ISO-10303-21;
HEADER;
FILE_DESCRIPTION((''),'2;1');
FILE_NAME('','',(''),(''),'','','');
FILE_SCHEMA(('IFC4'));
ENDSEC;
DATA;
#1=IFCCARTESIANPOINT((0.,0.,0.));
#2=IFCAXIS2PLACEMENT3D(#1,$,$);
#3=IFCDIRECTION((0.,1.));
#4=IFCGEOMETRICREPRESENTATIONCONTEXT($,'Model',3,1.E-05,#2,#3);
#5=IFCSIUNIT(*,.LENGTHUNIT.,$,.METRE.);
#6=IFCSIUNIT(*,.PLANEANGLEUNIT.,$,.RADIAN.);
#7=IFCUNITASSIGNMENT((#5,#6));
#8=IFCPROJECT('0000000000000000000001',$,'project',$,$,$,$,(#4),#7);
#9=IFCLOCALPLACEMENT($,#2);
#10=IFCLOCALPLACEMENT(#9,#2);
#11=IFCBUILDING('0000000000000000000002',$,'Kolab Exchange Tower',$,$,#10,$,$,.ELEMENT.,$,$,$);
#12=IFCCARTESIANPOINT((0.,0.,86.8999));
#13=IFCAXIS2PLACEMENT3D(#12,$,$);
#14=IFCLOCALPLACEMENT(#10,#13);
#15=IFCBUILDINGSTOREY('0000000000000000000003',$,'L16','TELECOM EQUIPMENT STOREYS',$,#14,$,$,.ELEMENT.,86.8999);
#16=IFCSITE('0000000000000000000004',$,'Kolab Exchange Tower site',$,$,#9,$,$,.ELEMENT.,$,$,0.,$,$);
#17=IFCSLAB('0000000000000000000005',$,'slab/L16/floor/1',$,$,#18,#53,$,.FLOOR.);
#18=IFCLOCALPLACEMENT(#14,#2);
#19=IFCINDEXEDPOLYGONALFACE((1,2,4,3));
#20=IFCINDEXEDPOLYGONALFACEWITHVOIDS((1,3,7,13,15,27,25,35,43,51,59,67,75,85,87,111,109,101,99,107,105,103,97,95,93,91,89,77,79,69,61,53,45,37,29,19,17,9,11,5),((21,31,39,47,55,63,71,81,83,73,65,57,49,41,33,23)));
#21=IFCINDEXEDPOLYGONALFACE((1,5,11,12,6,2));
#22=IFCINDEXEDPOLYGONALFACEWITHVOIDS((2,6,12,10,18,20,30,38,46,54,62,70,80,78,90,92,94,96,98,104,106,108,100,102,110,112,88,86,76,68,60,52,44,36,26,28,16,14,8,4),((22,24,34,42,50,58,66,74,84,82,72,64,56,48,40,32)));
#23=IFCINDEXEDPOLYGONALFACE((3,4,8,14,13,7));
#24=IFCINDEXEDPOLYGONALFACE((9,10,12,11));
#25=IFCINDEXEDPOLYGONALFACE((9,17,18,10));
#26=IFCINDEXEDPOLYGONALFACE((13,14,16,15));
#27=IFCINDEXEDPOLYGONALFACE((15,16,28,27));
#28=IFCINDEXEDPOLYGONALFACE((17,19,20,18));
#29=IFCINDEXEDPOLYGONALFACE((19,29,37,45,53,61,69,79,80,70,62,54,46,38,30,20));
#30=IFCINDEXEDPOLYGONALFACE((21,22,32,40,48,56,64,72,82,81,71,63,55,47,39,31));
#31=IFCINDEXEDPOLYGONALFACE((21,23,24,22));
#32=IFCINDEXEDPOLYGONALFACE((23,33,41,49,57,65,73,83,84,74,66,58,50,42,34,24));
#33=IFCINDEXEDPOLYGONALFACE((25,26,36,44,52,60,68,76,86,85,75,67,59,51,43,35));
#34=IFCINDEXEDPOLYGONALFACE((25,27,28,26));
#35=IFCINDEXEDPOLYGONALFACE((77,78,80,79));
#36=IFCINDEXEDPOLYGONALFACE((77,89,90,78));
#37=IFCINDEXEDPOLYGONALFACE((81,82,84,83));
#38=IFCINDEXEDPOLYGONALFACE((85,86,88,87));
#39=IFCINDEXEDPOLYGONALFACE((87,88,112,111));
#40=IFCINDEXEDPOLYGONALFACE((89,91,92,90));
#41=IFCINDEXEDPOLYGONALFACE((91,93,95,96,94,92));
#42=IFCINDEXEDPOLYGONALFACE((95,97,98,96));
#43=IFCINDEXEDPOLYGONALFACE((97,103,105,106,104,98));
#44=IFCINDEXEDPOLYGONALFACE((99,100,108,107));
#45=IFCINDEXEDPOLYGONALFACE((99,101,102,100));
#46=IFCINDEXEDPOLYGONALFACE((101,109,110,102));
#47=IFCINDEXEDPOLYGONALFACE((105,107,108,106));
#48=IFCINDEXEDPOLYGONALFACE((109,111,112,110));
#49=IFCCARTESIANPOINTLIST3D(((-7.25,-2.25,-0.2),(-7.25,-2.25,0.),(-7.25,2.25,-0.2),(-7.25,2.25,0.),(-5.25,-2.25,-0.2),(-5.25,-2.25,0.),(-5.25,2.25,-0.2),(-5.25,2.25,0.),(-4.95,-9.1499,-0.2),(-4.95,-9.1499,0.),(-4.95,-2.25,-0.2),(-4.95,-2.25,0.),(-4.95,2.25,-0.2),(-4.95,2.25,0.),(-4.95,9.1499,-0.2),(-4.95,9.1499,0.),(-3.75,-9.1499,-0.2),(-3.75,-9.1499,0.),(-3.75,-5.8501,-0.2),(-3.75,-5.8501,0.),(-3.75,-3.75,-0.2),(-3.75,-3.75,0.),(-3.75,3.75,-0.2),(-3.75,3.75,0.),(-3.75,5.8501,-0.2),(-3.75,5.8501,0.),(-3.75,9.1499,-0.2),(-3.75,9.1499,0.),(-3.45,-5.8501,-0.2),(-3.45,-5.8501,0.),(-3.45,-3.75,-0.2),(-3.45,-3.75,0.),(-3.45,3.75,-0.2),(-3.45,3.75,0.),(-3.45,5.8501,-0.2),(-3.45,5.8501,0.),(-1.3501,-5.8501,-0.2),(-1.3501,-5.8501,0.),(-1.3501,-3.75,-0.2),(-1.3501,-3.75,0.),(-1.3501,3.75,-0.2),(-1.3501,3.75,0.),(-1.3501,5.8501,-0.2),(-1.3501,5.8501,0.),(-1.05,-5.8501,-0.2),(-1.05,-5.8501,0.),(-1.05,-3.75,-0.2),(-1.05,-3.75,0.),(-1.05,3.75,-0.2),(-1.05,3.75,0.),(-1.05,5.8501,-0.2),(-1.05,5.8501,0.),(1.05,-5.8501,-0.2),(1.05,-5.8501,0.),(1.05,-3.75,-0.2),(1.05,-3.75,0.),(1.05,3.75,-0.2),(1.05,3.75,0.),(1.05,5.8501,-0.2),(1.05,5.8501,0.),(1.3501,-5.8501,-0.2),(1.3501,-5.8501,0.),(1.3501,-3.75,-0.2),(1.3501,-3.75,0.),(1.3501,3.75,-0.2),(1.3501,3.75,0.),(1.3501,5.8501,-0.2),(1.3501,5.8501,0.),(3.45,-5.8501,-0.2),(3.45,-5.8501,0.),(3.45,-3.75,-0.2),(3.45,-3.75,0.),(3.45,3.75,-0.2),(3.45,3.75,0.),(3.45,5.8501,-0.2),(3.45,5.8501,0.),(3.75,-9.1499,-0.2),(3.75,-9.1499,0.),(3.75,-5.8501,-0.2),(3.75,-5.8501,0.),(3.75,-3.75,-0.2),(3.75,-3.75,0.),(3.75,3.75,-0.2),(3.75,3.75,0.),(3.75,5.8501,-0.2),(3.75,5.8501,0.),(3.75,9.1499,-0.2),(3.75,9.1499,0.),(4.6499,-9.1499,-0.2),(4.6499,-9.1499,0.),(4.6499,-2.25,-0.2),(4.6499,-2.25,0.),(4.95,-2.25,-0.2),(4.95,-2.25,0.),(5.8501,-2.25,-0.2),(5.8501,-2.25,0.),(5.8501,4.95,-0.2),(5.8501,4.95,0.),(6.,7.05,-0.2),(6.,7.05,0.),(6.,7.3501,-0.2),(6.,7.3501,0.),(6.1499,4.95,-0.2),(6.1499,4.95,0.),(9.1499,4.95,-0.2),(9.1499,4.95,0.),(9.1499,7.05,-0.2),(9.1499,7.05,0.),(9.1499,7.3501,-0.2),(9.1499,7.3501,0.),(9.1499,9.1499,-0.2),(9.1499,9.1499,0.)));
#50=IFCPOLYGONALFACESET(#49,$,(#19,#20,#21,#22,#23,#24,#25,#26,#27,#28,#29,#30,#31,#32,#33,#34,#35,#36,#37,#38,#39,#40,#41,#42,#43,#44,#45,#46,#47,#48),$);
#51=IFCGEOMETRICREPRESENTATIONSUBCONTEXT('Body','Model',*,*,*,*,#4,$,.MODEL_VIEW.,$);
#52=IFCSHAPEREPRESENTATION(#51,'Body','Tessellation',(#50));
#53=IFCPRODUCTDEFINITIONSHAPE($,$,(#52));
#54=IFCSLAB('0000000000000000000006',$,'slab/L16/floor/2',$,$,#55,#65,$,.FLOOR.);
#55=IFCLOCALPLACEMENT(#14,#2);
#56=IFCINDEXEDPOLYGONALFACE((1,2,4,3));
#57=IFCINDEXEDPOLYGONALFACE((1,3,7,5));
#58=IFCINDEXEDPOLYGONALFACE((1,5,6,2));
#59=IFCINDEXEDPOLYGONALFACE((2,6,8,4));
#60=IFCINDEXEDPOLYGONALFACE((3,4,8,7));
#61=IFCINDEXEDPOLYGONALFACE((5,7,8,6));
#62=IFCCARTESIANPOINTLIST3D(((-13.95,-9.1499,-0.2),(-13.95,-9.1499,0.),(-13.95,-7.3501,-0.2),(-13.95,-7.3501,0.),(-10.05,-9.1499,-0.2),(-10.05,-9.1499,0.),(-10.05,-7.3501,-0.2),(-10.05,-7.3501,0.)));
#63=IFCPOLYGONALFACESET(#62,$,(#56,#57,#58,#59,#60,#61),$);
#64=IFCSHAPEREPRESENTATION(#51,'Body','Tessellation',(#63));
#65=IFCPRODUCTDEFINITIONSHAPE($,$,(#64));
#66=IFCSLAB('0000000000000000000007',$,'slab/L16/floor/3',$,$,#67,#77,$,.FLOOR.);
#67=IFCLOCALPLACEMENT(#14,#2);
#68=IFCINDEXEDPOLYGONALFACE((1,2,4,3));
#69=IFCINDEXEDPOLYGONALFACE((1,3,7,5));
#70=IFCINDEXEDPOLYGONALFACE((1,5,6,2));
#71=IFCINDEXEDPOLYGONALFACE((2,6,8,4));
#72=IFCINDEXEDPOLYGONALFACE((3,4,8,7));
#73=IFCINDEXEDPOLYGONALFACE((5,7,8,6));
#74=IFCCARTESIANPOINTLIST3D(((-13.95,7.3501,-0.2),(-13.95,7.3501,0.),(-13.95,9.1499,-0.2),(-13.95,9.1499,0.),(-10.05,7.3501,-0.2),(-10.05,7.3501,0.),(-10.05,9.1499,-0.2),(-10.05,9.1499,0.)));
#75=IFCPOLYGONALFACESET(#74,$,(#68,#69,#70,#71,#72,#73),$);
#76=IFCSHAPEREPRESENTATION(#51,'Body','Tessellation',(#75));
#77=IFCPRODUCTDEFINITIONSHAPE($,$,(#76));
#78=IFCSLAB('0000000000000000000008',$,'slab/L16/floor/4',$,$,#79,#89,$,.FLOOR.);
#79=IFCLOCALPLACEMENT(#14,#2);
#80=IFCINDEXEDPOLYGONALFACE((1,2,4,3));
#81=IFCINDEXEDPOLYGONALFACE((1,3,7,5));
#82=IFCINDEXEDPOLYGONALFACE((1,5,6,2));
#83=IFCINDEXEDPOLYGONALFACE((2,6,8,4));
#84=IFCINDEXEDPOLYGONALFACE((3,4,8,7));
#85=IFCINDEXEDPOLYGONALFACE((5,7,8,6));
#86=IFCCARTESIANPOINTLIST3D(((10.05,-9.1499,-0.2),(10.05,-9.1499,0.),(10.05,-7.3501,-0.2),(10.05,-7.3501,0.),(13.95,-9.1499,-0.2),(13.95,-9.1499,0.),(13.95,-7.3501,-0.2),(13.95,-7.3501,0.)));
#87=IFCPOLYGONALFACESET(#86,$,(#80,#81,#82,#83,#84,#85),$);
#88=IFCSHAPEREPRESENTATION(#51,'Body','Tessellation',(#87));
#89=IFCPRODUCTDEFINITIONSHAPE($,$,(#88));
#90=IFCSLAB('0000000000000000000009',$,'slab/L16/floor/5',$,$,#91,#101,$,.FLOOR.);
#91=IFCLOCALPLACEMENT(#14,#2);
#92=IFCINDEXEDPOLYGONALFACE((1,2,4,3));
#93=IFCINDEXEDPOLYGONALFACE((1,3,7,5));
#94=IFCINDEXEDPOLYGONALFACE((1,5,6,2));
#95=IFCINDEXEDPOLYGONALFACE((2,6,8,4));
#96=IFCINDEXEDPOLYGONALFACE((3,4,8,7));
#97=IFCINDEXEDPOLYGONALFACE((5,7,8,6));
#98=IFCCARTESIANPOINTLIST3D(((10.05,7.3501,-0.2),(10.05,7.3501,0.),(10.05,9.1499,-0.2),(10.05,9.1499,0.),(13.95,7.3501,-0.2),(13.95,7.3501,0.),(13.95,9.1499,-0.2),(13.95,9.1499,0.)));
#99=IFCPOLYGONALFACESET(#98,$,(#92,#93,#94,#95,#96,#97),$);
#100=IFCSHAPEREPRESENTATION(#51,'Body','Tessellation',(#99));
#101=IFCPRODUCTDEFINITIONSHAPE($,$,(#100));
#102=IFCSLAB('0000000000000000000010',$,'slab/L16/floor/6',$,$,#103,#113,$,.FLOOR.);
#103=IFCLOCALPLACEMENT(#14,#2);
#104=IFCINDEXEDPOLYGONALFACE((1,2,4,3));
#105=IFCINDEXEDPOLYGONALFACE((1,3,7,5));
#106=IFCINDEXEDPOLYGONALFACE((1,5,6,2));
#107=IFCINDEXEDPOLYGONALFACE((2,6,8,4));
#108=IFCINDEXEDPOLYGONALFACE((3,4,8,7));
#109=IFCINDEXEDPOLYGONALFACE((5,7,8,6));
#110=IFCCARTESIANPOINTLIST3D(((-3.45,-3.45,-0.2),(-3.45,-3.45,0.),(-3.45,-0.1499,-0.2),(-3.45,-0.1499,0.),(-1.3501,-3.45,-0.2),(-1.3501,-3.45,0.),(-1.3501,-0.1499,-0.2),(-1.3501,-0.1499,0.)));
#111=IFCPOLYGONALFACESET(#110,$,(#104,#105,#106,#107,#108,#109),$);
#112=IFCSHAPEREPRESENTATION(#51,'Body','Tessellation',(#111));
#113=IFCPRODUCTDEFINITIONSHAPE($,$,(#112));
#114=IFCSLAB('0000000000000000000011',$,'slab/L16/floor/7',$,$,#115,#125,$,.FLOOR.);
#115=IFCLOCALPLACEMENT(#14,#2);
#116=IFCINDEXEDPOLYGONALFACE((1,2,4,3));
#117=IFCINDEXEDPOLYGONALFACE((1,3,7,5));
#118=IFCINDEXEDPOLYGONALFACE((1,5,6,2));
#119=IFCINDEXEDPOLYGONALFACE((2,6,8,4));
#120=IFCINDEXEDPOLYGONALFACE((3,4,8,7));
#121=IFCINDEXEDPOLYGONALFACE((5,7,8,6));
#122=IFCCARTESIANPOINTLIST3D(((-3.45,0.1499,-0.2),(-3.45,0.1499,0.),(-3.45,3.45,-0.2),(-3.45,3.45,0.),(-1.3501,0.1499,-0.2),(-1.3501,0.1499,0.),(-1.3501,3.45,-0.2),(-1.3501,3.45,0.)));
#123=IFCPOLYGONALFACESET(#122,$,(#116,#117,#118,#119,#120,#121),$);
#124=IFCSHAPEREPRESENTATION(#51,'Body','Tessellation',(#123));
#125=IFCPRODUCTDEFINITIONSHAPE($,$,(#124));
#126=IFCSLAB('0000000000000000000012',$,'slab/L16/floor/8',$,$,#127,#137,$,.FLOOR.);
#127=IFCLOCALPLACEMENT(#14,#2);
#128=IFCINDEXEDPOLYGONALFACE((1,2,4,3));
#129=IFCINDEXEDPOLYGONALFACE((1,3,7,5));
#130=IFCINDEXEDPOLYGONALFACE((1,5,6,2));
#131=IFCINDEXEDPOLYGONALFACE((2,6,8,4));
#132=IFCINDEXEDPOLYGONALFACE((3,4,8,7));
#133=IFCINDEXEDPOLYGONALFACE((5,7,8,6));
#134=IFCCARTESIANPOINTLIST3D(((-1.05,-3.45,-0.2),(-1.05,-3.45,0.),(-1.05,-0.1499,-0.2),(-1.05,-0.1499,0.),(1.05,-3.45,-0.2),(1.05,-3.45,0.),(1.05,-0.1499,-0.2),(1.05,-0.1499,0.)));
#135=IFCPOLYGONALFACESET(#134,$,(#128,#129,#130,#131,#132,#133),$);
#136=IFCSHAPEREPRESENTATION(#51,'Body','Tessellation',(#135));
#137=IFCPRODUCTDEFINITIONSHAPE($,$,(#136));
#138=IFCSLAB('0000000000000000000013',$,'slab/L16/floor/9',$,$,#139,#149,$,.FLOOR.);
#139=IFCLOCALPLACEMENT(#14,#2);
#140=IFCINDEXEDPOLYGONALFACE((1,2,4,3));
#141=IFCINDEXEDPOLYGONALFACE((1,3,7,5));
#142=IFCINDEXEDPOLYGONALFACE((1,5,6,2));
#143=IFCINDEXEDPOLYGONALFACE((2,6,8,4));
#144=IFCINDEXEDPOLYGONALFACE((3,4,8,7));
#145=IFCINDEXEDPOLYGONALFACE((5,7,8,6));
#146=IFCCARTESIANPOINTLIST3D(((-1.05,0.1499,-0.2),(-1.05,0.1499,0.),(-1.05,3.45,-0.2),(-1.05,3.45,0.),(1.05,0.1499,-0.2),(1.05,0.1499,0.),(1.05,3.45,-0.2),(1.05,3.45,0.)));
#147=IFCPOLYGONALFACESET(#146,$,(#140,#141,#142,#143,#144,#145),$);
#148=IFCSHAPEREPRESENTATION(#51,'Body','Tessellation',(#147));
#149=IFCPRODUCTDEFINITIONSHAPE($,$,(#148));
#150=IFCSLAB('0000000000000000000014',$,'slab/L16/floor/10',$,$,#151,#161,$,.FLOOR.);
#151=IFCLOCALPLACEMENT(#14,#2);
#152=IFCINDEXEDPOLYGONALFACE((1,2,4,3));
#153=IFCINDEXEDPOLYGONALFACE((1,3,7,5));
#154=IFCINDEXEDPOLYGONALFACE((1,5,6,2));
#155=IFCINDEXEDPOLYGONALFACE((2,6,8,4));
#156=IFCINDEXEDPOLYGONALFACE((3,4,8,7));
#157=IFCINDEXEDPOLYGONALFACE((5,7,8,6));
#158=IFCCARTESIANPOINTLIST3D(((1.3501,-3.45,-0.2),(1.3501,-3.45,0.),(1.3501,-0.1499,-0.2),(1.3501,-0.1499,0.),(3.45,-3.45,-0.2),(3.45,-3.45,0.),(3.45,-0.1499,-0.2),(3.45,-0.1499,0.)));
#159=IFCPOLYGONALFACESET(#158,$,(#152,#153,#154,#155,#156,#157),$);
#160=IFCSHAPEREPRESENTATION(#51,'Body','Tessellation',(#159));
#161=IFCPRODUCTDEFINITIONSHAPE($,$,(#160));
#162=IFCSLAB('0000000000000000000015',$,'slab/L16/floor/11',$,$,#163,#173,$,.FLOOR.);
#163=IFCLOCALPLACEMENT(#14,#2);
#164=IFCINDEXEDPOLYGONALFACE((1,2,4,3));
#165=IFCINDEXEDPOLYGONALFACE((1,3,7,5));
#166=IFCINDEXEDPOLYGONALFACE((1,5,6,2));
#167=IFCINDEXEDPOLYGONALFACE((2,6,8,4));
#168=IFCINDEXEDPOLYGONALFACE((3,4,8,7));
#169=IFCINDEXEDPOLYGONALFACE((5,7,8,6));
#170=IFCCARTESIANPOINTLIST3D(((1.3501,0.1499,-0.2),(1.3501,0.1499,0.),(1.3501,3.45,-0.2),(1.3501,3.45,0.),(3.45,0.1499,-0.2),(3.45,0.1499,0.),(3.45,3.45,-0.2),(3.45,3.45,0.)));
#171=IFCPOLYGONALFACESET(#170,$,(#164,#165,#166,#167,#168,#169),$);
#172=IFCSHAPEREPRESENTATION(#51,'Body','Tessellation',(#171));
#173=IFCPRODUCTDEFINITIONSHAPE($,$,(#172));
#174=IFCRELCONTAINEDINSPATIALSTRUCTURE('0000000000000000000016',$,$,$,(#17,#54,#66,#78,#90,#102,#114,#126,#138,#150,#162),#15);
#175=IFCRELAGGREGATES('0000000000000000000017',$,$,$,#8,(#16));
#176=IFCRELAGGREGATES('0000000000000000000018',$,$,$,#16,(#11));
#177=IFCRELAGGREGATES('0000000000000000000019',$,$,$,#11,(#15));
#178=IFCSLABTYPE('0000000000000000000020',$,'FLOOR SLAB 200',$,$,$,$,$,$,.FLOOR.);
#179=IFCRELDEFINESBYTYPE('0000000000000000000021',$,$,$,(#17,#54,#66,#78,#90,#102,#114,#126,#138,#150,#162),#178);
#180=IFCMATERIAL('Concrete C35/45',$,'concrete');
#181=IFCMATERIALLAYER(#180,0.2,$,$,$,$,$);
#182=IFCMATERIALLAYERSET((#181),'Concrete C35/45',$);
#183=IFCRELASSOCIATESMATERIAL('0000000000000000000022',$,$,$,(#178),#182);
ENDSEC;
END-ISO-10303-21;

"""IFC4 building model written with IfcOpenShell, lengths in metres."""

from ifc_helpers import new_model, si_unit, direction, frame, origin, place, context, subcontext, project, spatial, polyline, outline, extrude, material, layer, layer_set, type_object, element, save


model = new_model("IFC4")

# Units and contexts
model_context = context("Model", 3, precision=1e-05, world=origin(), true_north=direction((0.0, 1.0)))
body_context = subcontext(model_context, "Body", "Model", "MODEL_VIEW")
ifc_project = project(units=[si_unit("LENGTHUNIT", "METRE"), si_unit("PLANEANGLEUNIT", "RADIAN")], contexts=[model_context])

# Site, building, storey
site_placement = place(None, origin())
site = spatial("IfcSite", under=ifc_project, at=site_placement, Name="Kolab Exchange Tower site", CompositionType="ELEMENT", RefElevation=0.0)
building_placement = place(site_placement, origin())
building = spatial("IfcBuilding", under=site, at=building_placement, Name="Kolab Exchange Tower", CompositionType="ELEMENT")
storey_placement = place(building_placement, frame((0.0, 0.0, 86.8999)))
storey = spatial("IfcBuildingStorey", under=building, at=storey_placement, Name="L16", Description="TELECOM EQUIPMENT STOREYS", CompositionType="ELEMENT", Elevation=86.8999)

# Slabs
ifc_material_1 = material(Name="Concrete C35/45", Category="concrete")
ifc_layer_1 = layer(ifc_material_1, 0.2)
ifc_layer_set_1 = layer_set([ifc_layer_1], Name="Concrete C35/45")
slab_type = type_object("IfcSlabType", Name="FLOOR SLAB 200", PredefinedType="FLOOR", material=ifc_layer_set_1)
slab_1_placement = place(storey_placement, frame((0.0, 0.0, -0.2)))
element("IfcSlab", 1, at=slab_1_placement, inside=storey, type_object=slab_type, Name="slab/L16/floor/1", PredefinedType="FLOOR", context=body_context, shape_type="SweptSolid", body=[
    extrude(outline(polyline([(-4.95, 9.1499), (-4.95, 2.25), (-5.25, 2.25), (-7.25, 2.25), (-7.25, -2.25), (-5.25, -2.25), (-4.95, -2.25), (-4.95, -9.1499), (-3.75, -9.1499), (-3.75, -5.8501), (-3.45, -5.8501), (-1.3501, -5.8501), (-1.05, -5.8501), (1.05, -5.8501), (1.3501, -5.8501), (3.45, -5.8501), (3.75, -5.8501), (3.75, -9.1499), (4.6499, -9.1499), (4.6499, -2.25), (4.95, -2.25), (5.8501, -2.25), (5.8501, 4.95), (6.1499, 4.95), (9.1499, 4.95), (9.1499, 7.05), (6.0, 7.05), (6.0, 7.3501), (9.1499, 7.3501), (9.1499, 9.1499), (3.75, 9.1499), (3.75, 5.8501), (3.45, 5.8501), (1.3501, 5.8501), (1.05, 5.8501), (-1.05, 5.8501), (-1.3501, 5.8501), (-3.45, 5.8501), (-3.75, 5.8501), (-3.75, 9.1499), (-4.95, 9.1499)]), holes=[polyline([(-3.75, -3.75), (-3.75, 3.75), (-3.45, 3.75), (-1.3501, 3.75), (-1.05, 3.75), (1.05, 3.75), (1.3501, 3.75), (3.45, 3.75), (3.75, 3.75), (3.75, -3.75), (3.45, -3.75), (1.3501, -3.75), (1.05, -3.75), (-1.05, -3.75), (-1.3501, -3.75), (-3.45, -3.75), (-3.75, -3.75)])]), origin(), (0.0, 0.0, 1.0), 0.2),
])
slab_2_placement = place(storey_placement, frame((0.0, 0.0, -0.2)))
element("IfcSlab", 2, at=slab_2_placement, inside=storey, type_object=slab_type, Name="slab/L16/floor/2", PredefinedType="FLOOR", context=body_context, shape_type="SweptSolid", body=[
    extrude(outline(polyline([(-10.05, -9.1499), (-10.05, -7.3501), (-13.95, -7.3501), (-13.95, -9.1499), (-10.05, -9.1499)])), origin(), (0.0, 0.0, 1.0), 0.2),
])
slab_3_placement = place(storey_placement, frame((0.0, 0.0, -0.2)))
element("IfcSlab", 3, at=slab_3_placement, inside=storey, type_object=slab_type, Name="slab/L16/floor/3", PredefinedType="FLOOR", context=body_context, shape_type="SweptSolid", body=[
    extrude(outline(polyline([(-10.05, 9.1499), (-13.95, 9.1499), (-13.95, 7.3501), (-10.05, 7.3501), (-10.05, 9.1499)])), origin(), (0.0, 0.0, 1.0), 0.2),
])
slab_4_placement = place(storey_placement, frame((0.0, 0.0, -0.2)))
element("IfcSlab", 4, at=slab_4_placement, inside=storey, type_object=slab_type, Name="slab/L16/floor/4", PredefinedType="FLOOR", context=body_context, shape_type="SweptSolid", body=[
    extrude(outline(polyline([(10.05, -9.1499), (13.95, -9.1499), (13.95, -7.3501), (10.05, -7.3501), (10.05, -9.1499)])), origin(), (0.0, 0.0, 1.0), 0.2),
])
slab_5_placement = place(storey_placement, frame((0.0, 0.0, -0.2)))
element("IfcSlab", 5, at=slab_5_placement, inside=storey, type_object=slab_type, Name="slab/L16/floor/5", PredefinedType="FLOOR", context=body_context, shape_type="SweptSolid", body=[
    extrude(outline(polyline([(13.95, 9.1499), (10.05, 9.1499), (10.05, 7.3501), (13.95, 7.3501), (13.95, 9.1499)])), origin(), (0.0, 0.0, 1.0), 0.2),
])
slab_6_placement = place(storey_placement, frame((0.0, 0.0, -0.2)))
element("IfcSlab", 6, at=slab_6_placement, inside=storey, type_object=slab_type, Name="slab/L16/floor/6", PredefinedType="FLOOR", context=body_context, shape_type="SweptSolid", body=[
    extrude(outline(polyline([(-1.3501, -3.45), (-1.3501, -0.1499), (-3.45, -0.1499), (-3.45, -3.45), (-1.3501, -3.45)])), origin(), (0.0, 0.0, 1.0), 0.2),
])
slab_7_placement = place(storey_placement, frame((0.0, 0.0, -0.2)))
element("IfcSlab", 7, at=slab_7_placement, inside=storey, type_object=slab_type, Name="slab/L16/floor/7", PredefinedType="FLOOR", context=body_context, shape_type="SweptSolid", body=[
    extrude(outline(polyline([(-1.3501, 0.1499), (-1.3501, 3.45), (-3.45, 3.45), (-3.45, 0.1499), (-1.3501, 0.1499)])), origin(), (0.0, 0.0, 1.0), 0.2),
])
slab_8_placement = place(storey_placement, frame((0.0, 0.0, -0.2)))
element("IfcSlab", 8, at=slab_8_placement, inside=storey, type_object=slab_type, Name="slab/L16/floor/8", PredefinedType="FLOOR", context=body_context, shape_type="SweptSolid", body=[
    extrude(outline(polyline([(-1.05, -0.1499), (-1.05, -3.45), (1.05, -3.45), (1.05, -0.1499), (-1.05, -0.1499)])), origin(), (0.0, 0.0, 1.0), 0.2),
])
slab_9_placement = place(storey_placement, frame((0.0, 0.0, -0.2)))
element("IfcSlab", 9, at=slab_9_placement, inside=storey, type_object=slab_type, Name="slab/L16/floor/9", PredefinedType="FLOOR", context=body_context, shape_type="SweptSolid", body=[
    extrude(outline(polyline([(-1.05, 3.45), (-1.05, 0.1499), (1.05, 0.1499), (1.05, 3.45), (-1.05, 3.45)])), origin(), (0.0, 0.0, 1.0), 0.2),
])
slab_10_placement = place(storey_placement, frame((0.0, 0.0, -0.2)))
element("IfcSlab", 10, at=slab_10_placement, inside=storey, type_object=slab_type, Name="slab/L16/floor/10", PredefinedType="FLOOR", context=body_context, shape_type="SweptSolid", body=[
    extrude(outline(polyline([(1.3501, -3.45), (3.45, -3.45), (3.45, -0.1499), (1.3501, -0.1499), (1.3501, -3.45)])), origin(), (0.0, 0.0, 1.0), 0.2),
])
slab_11_placement = place(storey_placement, frame((0.0, 0.0, -0.2)))
element("IfcSlab", 11, at=slab_11_placement, inside=storey, type_object=slab_type, Name="slab/L16/floor/11", PredefinedType="FLOOR", context=body_context, shape_type="SweptSolid", body=[
    extrude(outline(polyline([(1.3501, 0.1499), (3.45, 0.1499), (3.45, 3.45), (1.3501, 3.45), (1.3501, 0.1499)])), origin(), (0.0, 0.0, 1.0), 0.2),
])

save(model, "model.ifc")
